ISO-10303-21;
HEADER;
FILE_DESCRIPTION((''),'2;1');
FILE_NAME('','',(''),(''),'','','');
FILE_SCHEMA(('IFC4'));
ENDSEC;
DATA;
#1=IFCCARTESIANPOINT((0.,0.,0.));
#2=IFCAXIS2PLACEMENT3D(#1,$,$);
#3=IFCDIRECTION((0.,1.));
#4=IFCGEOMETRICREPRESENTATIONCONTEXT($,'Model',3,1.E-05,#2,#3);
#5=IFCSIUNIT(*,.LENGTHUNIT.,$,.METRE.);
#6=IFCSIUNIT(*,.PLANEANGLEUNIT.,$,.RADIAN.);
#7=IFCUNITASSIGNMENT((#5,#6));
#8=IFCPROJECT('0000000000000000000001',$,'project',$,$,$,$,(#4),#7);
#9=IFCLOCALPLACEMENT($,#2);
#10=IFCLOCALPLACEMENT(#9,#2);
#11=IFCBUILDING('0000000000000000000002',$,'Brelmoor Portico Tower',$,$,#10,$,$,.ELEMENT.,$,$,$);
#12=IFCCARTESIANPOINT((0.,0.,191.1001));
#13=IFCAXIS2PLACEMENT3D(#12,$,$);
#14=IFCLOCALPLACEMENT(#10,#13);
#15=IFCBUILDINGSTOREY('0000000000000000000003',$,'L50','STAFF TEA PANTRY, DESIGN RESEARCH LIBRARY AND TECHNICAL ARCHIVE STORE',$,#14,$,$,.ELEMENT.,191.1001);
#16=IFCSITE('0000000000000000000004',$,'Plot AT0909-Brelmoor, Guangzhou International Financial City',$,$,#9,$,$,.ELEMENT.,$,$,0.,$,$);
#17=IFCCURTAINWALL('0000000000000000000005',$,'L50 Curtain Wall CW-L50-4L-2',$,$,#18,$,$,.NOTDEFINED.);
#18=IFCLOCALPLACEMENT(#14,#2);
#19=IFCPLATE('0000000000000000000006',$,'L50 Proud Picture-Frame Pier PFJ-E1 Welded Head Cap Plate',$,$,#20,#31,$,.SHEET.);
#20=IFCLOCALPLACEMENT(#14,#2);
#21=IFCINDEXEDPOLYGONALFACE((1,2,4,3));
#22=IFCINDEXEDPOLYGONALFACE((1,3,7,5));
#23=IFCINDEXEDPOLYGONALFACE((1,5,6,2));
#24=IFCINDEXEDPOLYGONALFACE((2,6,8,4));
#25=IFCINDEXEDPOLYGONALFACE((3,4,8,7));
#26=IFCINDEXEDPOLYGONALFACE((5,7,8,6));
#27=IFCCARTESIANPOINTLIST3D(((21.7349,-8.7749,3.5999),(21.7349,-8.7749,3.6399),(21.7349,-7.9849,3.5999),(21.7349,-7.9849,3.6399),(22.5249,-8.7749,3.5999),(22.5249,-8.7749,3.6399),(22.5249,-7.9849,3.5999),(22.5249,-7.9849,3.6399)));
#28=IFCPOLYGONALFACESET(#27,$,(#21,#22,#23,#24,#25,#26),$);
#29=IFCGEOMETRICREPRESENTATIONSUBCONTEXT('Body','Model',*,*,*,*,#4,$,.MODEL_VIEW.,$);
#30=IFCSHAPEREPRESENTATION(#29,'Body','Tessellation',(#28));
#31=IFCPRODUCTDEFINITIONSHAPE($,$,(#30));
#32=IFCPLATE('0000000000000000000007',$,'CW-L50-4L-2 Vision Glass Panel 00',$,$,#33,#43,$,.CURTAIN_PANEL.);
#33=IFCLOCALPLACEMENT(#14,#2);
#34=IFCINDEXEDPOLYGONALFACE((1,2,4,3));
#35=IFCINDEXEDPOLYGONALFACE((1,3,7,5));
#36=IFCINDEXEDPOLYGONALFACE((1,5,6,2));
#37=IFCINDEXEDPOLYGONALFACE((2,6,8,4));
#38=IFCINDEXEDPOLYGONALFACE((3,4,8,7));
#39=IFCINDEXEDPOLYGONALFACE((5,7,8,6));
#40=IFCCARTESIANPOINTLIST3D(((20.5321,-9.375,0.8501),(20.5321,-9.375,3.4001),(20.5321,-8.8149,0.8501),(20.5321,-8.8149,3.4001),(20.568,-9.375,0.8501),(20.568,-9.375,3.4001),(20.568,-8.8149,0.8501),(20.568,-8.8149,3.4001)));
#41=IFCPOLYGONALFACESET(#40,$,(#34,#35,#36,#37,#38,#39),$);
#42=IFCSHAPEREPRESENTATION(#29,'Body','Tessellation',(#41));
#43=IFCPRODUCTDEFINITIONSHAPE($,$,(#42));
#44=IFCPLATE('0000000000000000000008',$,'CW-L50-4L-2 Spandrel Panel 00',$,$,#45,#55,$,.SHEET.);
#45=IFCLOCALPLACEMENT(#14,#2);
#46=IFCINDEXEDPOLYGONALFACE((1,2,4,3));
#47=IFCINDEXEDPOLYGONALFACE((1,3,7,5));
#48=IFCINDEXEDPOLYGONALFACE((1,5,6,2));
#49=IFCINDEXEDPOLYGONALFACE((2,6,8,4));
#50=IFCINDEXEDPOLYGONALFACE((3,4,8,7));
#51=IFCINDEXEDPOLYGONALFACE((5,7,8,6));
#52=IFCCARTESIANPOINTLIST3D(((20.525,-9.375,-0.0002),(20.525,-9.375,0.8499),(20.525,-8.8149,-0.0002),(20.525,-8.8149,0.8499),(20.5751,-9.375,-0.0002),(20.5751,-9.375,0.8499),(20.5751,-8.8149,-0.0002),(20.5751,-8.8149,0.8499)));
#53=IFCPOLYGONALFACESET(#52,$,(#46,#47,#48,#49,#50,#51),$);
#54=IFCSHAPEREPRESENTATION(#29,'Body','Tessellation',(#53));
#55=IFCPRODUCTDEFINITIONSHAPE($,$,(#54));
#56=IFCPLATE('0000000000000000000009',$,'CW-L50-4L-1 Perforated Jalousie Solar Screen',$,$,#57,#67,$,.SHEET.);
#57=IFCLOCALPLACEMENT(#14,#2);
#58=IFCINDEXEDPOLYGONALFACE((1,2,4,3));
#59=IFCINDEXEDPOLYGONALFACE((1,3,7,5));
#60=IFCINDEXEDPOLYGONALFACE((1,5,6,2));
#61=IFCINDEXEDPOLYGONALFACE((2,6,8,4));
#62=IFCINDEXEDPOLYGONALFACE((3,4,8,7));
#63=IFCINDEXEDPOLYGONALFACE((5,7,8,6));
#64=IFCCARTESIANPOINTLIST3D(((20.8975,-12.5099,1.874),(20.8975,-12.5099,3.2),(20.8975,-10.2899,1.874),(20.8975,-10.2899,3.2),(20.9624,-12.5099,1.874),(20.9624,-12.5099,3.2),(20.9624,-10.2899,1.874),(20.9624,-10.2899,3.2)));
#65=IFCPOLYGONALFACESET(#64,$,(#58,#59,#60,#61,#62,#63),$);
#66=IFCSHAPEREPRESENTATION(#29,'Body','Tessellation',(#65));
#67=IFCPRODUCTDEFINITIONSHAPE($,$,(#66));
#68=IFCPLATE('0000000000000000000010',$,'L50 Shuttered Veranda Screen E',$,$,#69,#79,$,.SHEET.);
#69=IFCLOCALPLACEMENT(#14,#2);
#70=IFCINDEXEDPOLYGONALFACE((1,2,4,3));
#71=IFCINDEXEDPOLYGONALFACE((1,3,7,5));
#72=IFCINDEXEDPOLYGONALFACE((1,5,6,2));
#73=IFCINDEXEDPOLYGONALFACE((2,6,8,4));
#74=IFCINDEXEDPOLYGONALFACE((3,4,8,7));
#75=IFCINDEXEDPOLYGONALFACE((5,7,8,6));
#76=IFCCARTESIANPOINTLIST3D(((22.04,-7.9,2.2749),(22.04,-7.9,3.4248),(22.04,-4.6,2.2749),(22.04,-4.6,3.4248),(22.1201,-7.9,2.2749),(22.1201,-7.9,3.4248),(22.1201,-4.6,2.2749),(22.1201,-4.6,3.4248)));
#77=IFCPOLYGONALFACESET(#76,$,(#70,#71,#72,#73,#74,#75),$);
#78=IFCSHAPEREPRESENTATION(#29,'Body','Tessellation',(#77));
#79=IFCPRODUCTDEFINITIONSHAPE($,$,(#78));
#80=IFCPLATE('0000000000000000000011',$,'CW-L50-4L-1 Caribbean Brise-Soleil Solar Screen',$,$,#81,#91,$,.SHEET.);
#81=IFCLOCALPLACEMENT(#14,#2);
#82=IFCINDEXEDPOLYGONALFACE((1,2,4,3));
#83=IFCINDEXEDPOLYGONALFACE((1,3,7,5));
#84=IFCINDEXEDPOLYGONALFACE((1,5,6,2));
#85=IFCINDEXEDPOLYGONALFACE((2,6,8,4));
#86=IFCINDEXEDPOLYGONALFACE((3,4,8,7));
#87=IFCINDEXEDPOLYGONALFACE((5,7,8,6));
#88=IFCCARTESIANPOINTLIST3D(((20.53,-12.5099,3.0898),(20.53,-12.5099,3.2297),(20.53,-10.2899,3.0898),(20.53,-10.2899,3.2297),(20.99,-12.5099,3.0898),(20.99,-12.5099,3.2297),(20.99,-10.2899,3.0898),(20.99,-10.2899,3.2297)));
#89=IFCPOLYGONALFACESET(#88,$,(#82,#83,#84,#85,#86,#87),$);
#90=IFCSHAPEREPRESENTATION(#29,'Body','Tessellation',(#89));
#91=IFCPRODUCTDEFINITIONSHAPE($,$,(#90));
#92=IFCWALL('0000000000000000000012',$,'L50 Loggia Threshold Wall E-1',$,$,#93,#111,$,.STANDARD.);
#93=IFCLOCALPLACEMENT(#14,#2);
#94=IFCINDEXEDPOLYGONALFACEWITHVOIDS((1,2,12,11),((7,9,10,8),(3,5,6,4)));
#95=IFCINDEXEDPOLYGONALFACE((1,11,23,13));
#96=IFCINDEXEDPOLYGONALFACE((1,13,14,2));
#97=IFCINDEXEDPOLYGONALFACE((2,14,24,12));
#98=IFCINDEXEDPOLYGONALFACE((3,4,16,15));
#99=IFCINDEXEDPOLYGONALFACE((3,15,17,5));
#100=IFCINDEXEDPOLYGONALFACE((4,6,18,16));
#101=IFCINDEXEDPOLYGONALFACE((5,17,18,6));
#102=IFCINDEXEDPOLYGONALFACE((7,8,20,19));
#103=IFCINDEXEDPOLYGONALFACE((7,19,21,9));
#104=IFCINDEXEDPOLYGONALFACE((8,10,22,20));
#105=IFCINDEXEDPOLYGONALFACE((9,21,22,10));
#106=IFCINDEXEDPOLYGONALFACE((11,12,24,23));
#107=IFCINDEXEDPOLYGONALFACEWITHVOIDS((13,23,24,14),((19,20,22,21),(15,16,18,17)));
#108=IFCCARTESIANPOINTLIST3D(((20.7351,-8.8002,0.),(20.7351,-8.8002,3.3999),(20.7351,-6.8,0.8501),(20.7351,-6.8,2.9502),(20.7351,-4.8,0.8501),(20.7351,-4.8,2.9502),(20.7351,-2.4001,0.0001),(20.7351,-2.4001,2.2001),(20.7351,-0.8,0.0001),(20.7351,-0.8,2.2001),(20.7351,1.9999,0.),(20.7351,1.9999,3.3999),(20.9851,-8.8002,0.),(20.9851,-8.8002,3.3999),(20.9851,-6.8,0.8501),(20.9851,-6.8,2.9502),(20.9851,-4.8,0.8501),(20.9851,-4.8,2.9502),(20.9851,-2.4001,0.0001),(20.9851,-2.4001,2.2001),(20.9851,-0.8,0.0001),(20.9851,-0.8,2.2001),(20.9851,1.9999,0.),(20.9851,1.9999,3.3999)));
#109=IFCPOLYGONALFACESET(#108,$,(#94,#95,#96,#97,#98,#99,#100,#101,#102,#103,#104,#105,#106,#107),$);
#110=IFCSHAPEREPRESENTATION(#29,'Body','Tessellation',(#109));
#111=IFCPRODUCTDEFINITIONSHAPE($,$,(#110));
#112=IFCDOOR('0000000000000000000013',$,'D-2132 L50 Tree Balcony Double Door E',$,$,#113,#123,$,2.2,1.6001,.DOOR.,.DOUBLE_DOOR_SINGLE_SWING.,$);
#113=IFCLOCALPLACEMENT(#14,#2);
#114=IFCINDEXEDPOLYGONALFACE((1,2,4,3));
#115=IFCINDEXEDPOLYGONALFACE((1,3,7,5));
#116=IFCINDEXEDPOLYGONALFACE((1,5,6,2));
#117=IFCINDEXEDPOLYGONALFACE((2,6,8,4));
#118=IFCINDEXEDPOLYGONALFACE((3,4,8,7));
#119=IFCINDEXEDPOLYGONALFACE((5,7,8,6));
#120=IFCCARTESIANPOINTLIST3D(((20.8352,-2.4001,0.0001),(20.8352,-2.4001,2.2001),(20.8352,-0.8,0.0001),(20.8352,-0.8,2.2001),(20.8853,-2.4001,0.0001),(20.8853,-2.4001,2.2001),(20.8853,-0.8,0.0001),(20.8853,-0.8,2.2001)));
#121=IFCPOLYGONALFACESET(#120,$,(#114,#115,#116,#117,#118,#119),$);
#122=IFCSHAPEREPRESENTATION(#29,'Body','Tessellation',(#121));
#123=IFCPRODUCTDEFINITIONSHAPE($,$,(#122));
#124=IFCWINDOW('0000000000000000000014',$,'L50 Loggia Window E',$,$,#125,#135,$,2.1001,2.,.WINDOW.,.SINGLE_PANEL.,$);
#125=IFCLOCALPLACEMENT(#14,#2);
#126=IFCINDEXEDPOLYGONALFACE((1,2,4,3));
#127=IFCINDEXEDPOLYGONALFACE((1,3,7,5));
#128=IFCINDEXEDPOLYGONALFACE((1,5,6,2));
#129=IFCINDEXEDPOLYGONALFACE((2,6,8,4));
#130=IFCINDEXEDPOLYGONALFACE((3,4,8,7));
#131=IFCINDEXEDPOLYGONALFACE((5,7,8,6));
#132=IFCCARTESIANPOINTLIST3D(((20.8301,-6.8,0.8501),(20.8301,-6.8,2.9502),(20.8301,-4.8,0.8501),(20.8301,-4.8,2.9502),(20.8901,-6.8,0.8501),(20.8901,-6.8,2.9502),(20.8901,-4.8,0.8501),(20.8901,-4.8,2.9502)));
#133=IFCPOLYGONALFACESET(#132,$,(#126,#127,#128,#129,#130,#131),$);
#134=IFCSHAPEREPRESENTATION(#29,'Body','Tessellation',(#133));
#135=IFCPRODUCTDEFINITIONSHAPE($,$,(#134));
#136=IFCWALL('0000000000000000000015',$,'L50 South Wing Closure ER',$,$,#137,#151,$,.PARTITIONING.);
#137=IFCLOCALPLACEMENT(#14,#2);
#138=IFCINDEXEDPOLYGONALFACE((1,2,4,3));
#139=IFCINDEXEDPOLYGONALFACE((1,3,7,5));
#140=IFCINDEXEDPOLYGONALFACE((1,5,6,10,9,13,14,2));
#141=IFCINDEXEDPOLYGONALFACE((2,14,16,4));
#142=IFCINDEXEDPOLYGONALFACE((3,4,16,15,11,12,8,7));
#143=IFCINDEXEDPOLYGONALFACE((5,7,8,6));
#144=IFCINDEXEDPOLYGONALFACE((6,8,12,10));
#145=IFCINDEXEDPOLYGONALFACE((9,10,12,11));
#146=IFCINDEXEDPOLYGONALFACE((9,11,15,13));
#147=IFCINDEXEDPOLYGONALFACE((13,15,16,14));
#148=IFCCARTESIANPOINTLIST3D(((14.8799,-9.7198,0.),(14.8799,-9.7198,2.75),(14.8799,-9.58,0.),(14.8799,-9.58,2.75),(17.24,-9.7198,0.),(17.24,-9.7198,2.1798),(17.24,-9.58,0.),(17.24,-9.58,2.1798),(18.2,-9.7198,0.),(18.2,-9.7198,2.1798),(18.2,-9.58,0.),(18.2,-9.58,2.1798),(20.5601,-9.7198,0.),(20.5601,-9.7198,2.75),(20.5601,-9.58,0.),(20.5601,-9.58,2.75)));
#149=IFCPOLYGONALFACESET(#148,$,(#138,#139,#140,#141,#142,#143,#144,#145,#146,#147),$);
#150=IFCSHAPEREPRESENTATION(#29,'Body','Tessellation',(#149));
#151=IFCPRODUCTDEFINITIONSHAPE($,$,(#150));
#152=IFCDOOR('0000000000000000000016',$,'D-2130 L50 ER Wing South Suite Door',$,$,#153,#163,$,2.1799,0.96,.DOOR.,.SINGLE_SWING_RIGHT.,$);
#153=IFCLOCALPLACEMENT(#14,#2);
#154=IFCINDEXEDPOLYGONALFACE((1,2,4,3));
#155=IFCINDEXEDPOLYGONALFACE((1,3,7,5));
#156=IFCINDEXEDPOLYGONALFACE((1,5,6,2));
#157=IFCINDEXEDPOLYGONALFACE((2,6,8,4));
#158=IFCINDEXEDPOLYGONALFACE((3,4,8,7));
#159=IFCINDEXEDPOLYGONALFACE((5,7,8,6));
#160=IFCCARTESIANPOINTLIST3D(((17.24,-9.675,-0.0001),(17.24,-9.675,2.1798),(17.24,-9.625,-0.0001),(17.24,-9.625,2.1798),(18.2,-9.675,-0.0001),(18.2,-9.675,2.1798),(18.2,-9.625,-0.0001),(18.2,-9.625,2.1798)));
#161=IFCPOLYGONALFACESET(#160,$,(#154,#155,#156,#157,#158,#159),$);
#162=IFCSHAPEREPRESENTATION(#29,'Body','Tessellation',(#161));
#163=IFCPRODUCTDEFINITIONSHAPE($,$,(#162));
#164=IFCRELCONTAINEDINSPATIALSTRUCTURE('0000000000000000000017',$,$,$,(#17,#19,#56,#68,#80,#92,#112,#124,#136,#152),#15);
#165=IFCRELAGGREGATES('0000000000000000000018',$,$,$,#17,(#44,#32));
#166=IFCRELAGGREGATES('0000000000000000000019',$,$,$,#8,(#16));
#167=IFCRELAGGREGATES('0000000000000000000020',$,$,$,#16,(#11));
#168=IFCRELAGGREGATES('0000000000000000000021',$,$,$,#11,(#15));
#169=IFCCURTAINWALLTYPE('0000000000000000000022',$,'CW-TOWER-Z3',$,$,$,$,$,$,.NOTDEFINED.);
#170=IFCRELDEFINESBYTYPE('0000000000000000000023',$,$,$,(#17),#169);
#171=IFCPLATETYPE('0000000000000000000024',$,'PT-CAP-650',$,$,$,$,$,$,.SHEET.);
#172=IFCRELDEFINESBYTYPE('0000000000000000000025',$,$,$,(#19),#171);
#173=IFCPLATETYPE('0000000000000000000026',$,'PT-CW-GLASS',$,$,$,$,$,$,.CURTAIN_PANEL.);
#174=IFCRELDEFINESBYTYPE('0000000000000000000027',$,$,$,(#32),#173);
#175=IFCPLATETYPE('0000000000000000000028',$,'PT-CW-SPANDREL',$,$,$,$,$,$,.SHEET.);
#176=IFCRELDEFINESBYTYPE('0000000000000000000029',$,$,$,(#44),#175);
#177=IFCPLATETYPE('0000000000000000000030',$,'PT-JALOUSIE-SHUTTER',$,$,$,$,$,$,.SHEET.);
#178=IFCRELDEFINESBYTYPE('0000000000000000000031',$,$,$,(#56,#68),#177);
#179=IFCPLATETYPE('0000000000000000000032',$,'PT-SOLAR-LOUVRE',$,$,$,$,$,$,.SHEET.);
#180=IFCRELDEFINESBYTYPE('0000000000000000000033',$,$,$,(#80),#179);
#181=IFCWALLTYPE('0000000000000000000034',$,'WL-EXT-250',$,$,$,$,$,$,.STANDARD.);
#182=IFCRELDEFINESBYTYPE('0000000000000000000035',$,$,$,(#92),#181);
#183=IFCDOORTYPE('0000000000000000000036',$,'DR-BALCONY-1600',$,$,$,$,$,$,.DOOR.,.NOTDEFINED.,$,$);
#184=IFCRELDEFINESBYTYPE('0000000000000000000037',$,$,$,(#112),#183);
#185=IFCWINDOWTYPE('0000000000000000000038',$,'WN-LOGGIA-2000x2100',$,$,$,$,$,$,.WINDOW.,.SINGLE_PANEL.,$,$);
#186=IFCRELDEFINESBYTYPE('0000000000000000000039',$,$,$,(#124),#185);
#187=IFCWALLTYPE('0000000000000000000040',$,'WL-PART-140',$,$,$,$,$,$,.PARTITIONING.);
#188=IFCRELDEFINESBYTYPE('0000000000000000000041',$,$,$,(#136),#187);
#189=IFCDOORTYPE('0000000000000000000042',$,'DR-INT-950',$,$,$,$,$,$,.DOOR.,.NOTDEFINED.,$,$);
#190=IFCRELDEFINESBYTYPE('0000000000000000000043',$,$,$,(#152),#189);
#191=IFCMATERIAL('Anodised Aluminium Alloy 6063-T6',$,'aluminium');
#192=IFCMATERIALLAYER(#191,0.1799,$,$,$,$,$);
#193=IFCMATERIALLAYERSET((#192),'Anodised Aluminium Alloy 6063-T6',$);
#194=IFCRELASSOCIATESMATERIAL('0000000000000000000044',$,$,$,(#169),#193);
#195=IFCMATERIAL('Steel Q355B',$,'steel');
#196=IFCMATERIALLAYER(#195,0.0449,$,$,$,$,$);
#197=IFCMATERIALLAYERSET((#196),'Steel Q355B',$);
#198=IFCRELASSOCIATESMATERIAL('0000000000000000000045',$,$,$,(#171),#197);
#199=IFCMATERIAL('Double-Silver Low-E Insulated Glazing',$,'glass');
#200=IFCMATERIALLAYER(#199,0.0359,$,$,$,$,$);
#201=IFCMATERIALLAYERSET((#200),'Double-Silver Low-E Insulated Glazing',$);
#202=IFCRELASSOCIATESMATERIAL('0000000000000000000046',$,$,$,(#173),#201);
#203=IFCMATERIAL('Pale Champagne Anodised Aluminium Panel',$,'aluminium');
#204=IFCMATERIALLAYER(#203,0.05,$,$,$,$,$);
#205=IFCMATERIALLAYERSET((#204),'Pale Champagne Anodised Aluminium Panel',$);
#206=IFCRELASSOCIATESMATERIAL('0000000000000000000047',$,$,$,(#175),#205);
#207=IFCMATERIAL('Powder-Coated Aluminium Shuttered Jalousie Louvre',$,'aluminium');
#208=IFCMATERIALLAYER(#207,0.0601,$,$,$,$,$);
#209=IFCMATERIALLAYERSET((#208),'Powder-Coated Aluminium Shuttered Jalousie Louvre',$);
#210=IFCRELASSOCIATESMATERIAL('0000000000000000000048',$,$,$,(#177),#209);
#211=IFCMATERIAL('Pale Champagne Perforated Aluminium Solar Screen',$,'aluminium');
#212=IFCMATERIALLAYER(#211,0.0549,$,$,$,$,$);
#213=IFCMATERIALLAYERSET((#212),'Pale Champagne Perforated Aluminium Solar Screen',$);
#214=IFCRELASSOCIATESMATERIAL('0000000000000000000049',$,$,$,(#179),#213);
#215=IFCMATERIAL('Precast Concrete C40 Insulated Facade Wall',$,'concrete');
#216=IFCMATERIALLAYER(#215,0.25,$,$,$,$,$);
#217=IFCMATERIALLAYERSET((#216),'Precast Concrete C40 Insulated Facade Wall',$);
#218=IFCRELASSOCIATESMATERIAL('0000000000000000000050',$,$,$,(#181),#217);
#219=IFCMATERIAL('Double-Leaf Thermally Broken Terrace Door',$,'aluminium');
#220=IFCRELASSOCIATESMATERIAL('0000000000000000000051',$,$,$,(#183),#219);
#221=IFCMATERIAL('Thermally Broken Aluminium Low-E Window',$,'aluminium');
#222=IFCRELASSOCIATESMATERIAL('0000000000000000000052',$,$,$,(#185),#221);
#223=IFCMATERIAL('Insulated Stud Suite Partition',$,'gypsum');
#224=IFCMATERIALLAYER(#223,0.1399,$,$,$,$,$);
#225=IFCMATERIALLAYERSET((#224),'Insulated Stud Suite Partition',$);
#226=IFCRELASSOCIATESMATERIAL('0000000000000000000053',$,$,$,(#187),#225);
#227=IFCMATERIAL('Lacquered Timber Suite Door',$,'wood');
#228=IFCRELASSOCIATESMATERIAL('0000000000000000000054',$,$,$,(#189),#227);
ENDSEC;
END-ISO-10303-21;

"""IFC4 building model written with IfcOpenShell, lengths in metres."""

from ifc_helpers import new_model, si_unit, direction, frame, frame_2d, origin, origin_2d, place, context, subcontext, project, spatial, rectangle, extrude, material, layer, layer_set, type_object, element, fill, aggregate, save


model = new_model("IFC4")

# Units and contexts
model_context = context("Model", 3, precision=1e-05, world=origin(), true_north=direction((0.0, 1.0)))
body_context = subcontext(model_context, "Body", "Model", "MODEL_VIEW")
ifc_project = project(units=[si_unit("LENGTHUNIT", "METRE"), si_unit("PLANEANGLEUNIT", "RADIAN")], contexts=[model_context])

# Site, building, storey
site_placement = place(None, origin())
site = spatial("IfcSite", under=ifc_project, at=site_placement, Name="Plot AT0909-Brelmoor, Guangzhou International Financial City", CompositionType="ELEMENT", RefElevation=0.0)
building_placement = place(site_placement, origin())
building = spatial("IfcBuilding", under=site, at=building_placement, Name="Brelmoor Portico Tower", CompositionType="ELEMENT")
storey_placement = place(building_placement, frame((0.0, 0.0, 191.1001)))
storey = spatial("IfcBuildingStorey", under=building, at=storey_placement, Name="L50", Description="STAFF TEA PANTRY, DESIGN RESEARCH LIBRARY AND TECHNICAL ARCHIVE STORE", CompositionType="ELEMENT", Elevation=191.1001)

# Shared definitions
ifc_material_1 = material(Name="Steel Q355B", Category="steel")

# Shared definitions
ifc_material_2 = material(Name="Anodised Aluminium Alloy 6063-T6", Category="aluminium")

# Curtain wall
ifc_layer_1 = layer(ifc_material_2, 0.1799)
ifc_layer_set_1 = layer_set([ifc_layer_1], Name="Anodised Aluminium Alloy 6063-T6")
curtain_wall_type_1 = type_object("IfcCurtainWallType", Name="CW-TOWER-Z3", PredefinedType="NOTDEFINED", material=ifc_layer_set_1)
curtain_wall_1_placement = place(storey_placement, origin())
curtain_wall_1 = element("IfcCurtainWall", 1, at=curtain_wall_1_placement, inside=storey, type_object=curtain_wall_type_1, Name="L50 Curtain Wall CW-L50-4L-2", PredefinedType="NOTDEFINED")

# Plates
ifc_layer_2 = layer(ifc_material_1, 0.0449)
ifc_layer_set_2 = layer_set([ifc_layer_2], Name="Steel Q355B")
plate_type_1 = type_object("IfcPlateType", Name="PT-CAP-650", PredefinedType="SHEET", material=ifc_layer_set_2)
plate_1_placement = place(storey_placement, frame((22.1299, -8.3799, 3.5999), z_axis=(0.0, 0.0, 1.0), x_axis=(0.0, 1.0, 0.0)))
element("IfcPlate", 2, at=plate_1_placement, inside=storey, type_object=plate_type_1, Name="L50 Proud Picture-Frame Pier PFJ-E1 Welded Head Cap Plate", PredefinedType="SHEET", context=body_context, shape_type="SweptSolid", body=[
    extrude(rectangle(XDim=0.79, YDim=0.79, at=origin_2d()), origin(), (0.0, 0.0, 1.0), 0.04),
])
ifc_material_3 = material(Name="Double-Silver Low-E Insulated Glazing", Category="glass")
ifc_layer_3 = layer(ifc_material_3, 0.0359)
ifc_layer_set_3 = layer_set([ifc_layer_3], Name="Double-Silver Low-E Insulated Glazing")
plate_type_2 = type_object("IfcPlateType", Name="PT-CW-GLASS", PredefinedType="CURTAIN_PANEL", material=ifc_layer_set_3)
plate_2_placement = place(storey_placement, frame((20.55, -9.095, 0.8501), z_axis=(0.0, 0.0, 1.0), x_axis=(0.0, 1.0, 0.0)))
plate_2 = element("IfcPlate", 3, at=plate_2_placement, type_object=plate_type_2, Name="CW-L50-4L-2 Vision Glass Panel 00", PredefinedType="CURTAIN_PANEL", context=body_context, shape_type="SweptSolid", body=[
    extrude(rectangle(XDim=0.5601, YDim=0.0359, at=origin_2d()), origin(), (0.0, 0.0, 1.0), 2.55),
])
ifc_material_4 = material(Name="Pale Champagne Anodised Aluminium Panel", Category="aluminium")
ifc_layer_4 = layer(ifc_material_4, 0.05)
ifc_layer_set_4 = layer_set([ifc_layer_4], Name="Pale Champagne Anodised Aluminium Panel")
plate_type_3 = type_object("IfcPlateType", Name="PT-CW-SPANDREL", PredefinedType="SHEET", material=ifc_layer_set_4)
plate_3_placement = place(storey_placement, frame((20.55, -9.095, -0.0002), z_axis=(0.0, 0.0, 1.0), x_axis=(0.0, 1.0, 0.0)))
plate_3 = element("IfcPlate", 4, at=plate_3_placement, type_object=plate_type_3, Name="CW-L50-4L-2 Spandrel Panel 00", PredefinedType="SHEET", context=body_context, shape_type="SweptSolid", body=[
    extrude(rectangle(XDim=0.5601, YDim=0.05, at=origin_2d()), origin(), (0.0, 0.0, 1.0), 0.8501),
])
aggregate(curtain_wall_1, [plate_3, plate_2])

# Plates
ifc_material_5 = material(Name="Powder-Coated Aluminium Shuttered Jalousie Louvre", Category="aluminium")
ifc_layer_5 = layer(ifc_material_5, 0.0601)
ifc_layer_set_5 = layer_set([ifc_layer_5], Name="Powder-Coated Aluminium Shuttered Jalousie Louvre")
plate_type_4 = type_object("IfcPlateType", Name="PT-JALOUSIE-SHUTTER", PredefinedType="SHEET", material=ifc_layer_set_5)
plate_4_placement = place(storey_placement, frame((20.9299, -11.3999, 1.874), z_axis=(0.0, 0.0, 1.0), x_axis=(0.0, 1.0, 0.0)))
element("IfcPlate", 5, at=plate_4_placement, inside=storey, type_object=plate_type_4, Name="CW-L50-4L-1 Perforated Jalousie Solar Screen", PredefinedType="SHEET", context=body_context, shape_type="SweptSolid", body=[
    extrude(rectangle(XDim=2.22, YDim=0.0649, at=origin_2d()), origin(), (0.0, 0.0, 1.0), 1.3259),
])
plate_5_placement = place(storey_placement, frame((22.0801, -6.25, 2.2749), z_axis=(0.0, 0.0, 1.0), x_axis=(0.0, 1.0, 0.0)))
element("IfcPlate", 6, at=plate_5_placement, inside=storey, type_object=plate_type_4, Name="L50 Shuttered Veranda Screen E", PredefinedType="SHEET", context=body_context, shape_type="SweptSolid", body=[
    extrude(rectangle(XDim=3.3, YDim=0.0801, at=origin_2d()), origin(), (0.0, 0.0, 1.0), 1.1499),
])
ifc_material_6 = material(Name="Pale Champagne Perforated Aluminium Solar Screen", Category="aluminium")
ifc_layer_6 = layer(ifc_material_6, 0.0549)
ifc_layer_set_6 = layer_set([ifc_layer_6], Name="Pale Champagne Perforated Aluminium Solar Screen")
plate_type_5 = type_object("IfcPlateType", Name="PT-SOLAR-LOUVRE", PredefinedType="SHEET", material=ifc_layer_set_6)
plate_6_placement = place(storey_placement, frame((20.76, -11.3999, 3.0898), z_axis=(0.0, 0.0, 1.0), x_axis=(0.0, 1.0, 0.0)))
element("IfcPlate", 7, at=plate_6_placement, inside=storey, type_object=plate_type_5, Name="CW-L50-4L-1 Caribbean Brise-Soleil Solar Screen", PredefinedType="SHEET", context=body_context, shape_type="SweptSolid", body=[
    extrude(rectangle(XDim=2.22, YDim=0.46, at=origin_2d()), origin(), (0.0, 0.0, 1.0), 0.1399),
])

# Wall, openings, door, window
ifc_material_7 = material(Name="Precast Concrete C40 Insulated Facade Wall", Category="concrete")
ifc_layer_7 = layer(ifc_material_7, 0.25)
ifc_layer_set_7 = layer_set([ifc_layer_7], Name="Precast Concrete C40 Insulated Facade Wall")
wall_type_1 = type_object("IfcWallType", Name="WL-EXT-250", PredefinedType="STANDARD", material=ifc_layer_set_7)
wall_1_placement = place(storey_placement, frame((20.8601, -8.8, 0.0), z_axis=(0.0, 0.0, 1.0), x_axis=(0.0, 1.0, 0.0)))
wall_1 = element("IfcWall", 8, at=wall_1_placement, inside=storey, type_object=wall_type_1, Name="L50 Loggia Threshold Wall E-1", PredefinedType="STANDARD", context=body_context, shape_type="SweptSolid", body=[
    extrude(rectangle(XDim=10.8, YDim=0.25, at=frame_2d((5.3999, 0.0))), origin(), (0.0, 0.0, 1.0), 3.3999),
])
opening_1_placement = place(wall_1_placement, frame((6.3999, 0.0, 0.0)))
opening_1 = element("IfcOpeningElement", 9, at=opening_1_placement, cuts=wall_1, PredefinedType="OPENING", context=body_context, shape_type="SweptSolid", body=[
    extrude(rectangle(XDim=1.6001, YDim=2.2, at=frame_2d((0.8, 1.1001))), frame((0.0, 0.135, 0.0), z_axis=(0.0, -1.0, 0.0), x_axis=(1.0, 0.0, 0.0)), (0.0, 0.0, 1.0), 0.27),
])
opening_2_placement = place(wall_1_placement, frame((2.0, 0.0, 0.8501)))
opening_2 = element("IfcOpeningElement", 10, at=opening_2_placement, cuts=wall_1, PredefinedType="OPENING", context=body_context, shape_type="SweptSolid", body=[
    extrude(rectangle(XDim=2.0, YDim=2.1001, at=frame_2d((1.0, 1.05))), frame((0.0, 0.135, 0.0), z_axis=(0.0, -1.0, 0.0), x_axis=(1.0, 0.0, 0.0)), (0.0, 0.0, 1.0), 0.27),
])
ifc_material_8 = material(Name="Double-Leaf Thermally Broken Terrace Door", Category="aluminium")
door_type_1 = type_object("IfcDoorType", Name="DR-BALCONY-1600", OperationType="NOTDEFINED", PredefinedType="DOOR", material=ifc_material_8)
door_1_placement = place(opening_1_placement, origin())
door_1 = element("IfcDoor", 11, at=door_1_placement, inside=storey, type_object=door_type_1, Name="D-2132 L50 Tree Balcony Double Door E", OperationType="DOUBLE_DOOR_SINGLE_SWING", OverallHeight=2.2, OverallWidth=1.6001, PredefinedType="DOOR", context=body_context, shape_type="SweptSolid", body=[
    extrude(rectangle(XDim=1.6001, YDim=2.2, at=frame_2d((0.8, 1.1001))), frame((0.0, 0.0249, 0.0), z_axis=(0.0, -1.0, 0.0), x_axis=(1.0, 0.0, 0.0)), (0.0, 0.0, 1.0), 0.05),
])
fill(opening_1, door_1)
ifc_material_9 = material(Name="Thermally Broken Aluminium Low-E Window", Category="aluminium")
window_type = type_object("IfcWindowType", Name="WN-LOGGIA-2000x2100", PartitioningType="SINGLE_PANEL", PredefinedType="WINDOW", material=ifc_material_9)
window_placement = place(opening_2_placement, origin())
window = element("IfcWindow", 12, at=window_placement, inside=storey, type_object=window_type, Name="L50 Loggia Window E", OverallHeight=2.1001, OverallWidth=2.0, PartitioningType="SINGLE_PANEL", PredefinedType="WINDOW", context=body_context, shape_type="SweptSolid", body=[
    extrude(rectangle(XDim=2.0, YDim=2.1001, at=frame_2d((1.0, 1.05))), frame((0.0, 0.03, 0.0), z_axis=(0.0, -1.0, 0.0), x_axis=(1.0, 0.0, 0.0)), (0.0, 0.0, 1.0), 0.0601),
])
fill(opening_2, window)

# Wall, opening, door
ifc_material_10 = material(Name="Insulated Stud Suite Partition", Category="gypsum")
ifc_layer_8 = layer(ifc_material_10, 0.1399)
ifc_layer_set_8 = layer_set([ifc_layer_8], Name="Insulated Stud Suite Partition")
wall_type_2 = type_object("IfcWallType", Name="WL-PART-140", PredefinedType="PARTITIONING", material=ifc_layer_set_8)
wall_2_placement = place(storey_placement, frame((14.8799, -9.6499, 0.0), z_axis=(0.0, 0.0, 1.0), x_axis=(1.0, 0.0, 0.0)))
wall_2 = element("IfcWall", 13, at=wall_2_placement, inside=storey, type_object=wall_type_2, Name="L50 South Wing Closure ER", PredefinedType="PARTITIONING", context=body_context, shape_type="SweptSolid", body=[
    extrude(rectangle(XDim=5.6802, YDim=0.1399, at=frame_2d((2.8401, 0.0))), origin(), (0.0, 0.0, 1.0), 2.75),
])
opening_3_placement = place(wall_2_placement, frame((2.3601, 0.0, 0.0)))
opening_3 = element("IfcOpeningElement", 14, at=opening_3_placement, cuts=wall_2, PredefinedType="OPENING", context=body_context, shape_type="SweptSolid", body=[
    extrude(rectangle(XDim=0.96, YDim=2.1799, at=frame_2d((0.48, 1.0898))), frame((0.0, 0.0798, 0.0), z_axis=(0.0, -1.0, 0.0), x_axis=(1.0, 0.0, 0.0)), (0.0, 0.0, 1.0), 0.1599),
])
ifc_material_11 = material(Name="Lacquered Timber Suite Door", Category="wood")
door_type_2 = type_object("IfcDoorType", Name="DR-INT-950", OperationType="NOTDEFINED", PredefinedType="DOOR", material=ifc_material_11)
door_2_placement = place(opening_3_placement, origin())
door_2 = element("IfcDoor", 15, at=door_2_placement, inside=storey, type_object=door_type_2, Name="D-2130 L50 ER Wing South Suite Door", OperationType="SINGLE_SWING_RIGHT", OverallHeight=2.1799, OverallWidth=0.96, PredefinedType="DOOR", context=body_context, shape_type="SweptSolid", body=[
    extrude(rectangle(XDim=0.96, YDim=2.1799, at=frame_2d((0.48, 1.0898))), frame((0.0, 0.0249, 0.0), z_axis=(0.0, -1.0, 0.0), x_axis=(1.0, 0.0, 0.0)), (0.0, 0.0, 1.0), 0.05),
])
fill(opening_3, door_2)

save(model, "model.ifc")
